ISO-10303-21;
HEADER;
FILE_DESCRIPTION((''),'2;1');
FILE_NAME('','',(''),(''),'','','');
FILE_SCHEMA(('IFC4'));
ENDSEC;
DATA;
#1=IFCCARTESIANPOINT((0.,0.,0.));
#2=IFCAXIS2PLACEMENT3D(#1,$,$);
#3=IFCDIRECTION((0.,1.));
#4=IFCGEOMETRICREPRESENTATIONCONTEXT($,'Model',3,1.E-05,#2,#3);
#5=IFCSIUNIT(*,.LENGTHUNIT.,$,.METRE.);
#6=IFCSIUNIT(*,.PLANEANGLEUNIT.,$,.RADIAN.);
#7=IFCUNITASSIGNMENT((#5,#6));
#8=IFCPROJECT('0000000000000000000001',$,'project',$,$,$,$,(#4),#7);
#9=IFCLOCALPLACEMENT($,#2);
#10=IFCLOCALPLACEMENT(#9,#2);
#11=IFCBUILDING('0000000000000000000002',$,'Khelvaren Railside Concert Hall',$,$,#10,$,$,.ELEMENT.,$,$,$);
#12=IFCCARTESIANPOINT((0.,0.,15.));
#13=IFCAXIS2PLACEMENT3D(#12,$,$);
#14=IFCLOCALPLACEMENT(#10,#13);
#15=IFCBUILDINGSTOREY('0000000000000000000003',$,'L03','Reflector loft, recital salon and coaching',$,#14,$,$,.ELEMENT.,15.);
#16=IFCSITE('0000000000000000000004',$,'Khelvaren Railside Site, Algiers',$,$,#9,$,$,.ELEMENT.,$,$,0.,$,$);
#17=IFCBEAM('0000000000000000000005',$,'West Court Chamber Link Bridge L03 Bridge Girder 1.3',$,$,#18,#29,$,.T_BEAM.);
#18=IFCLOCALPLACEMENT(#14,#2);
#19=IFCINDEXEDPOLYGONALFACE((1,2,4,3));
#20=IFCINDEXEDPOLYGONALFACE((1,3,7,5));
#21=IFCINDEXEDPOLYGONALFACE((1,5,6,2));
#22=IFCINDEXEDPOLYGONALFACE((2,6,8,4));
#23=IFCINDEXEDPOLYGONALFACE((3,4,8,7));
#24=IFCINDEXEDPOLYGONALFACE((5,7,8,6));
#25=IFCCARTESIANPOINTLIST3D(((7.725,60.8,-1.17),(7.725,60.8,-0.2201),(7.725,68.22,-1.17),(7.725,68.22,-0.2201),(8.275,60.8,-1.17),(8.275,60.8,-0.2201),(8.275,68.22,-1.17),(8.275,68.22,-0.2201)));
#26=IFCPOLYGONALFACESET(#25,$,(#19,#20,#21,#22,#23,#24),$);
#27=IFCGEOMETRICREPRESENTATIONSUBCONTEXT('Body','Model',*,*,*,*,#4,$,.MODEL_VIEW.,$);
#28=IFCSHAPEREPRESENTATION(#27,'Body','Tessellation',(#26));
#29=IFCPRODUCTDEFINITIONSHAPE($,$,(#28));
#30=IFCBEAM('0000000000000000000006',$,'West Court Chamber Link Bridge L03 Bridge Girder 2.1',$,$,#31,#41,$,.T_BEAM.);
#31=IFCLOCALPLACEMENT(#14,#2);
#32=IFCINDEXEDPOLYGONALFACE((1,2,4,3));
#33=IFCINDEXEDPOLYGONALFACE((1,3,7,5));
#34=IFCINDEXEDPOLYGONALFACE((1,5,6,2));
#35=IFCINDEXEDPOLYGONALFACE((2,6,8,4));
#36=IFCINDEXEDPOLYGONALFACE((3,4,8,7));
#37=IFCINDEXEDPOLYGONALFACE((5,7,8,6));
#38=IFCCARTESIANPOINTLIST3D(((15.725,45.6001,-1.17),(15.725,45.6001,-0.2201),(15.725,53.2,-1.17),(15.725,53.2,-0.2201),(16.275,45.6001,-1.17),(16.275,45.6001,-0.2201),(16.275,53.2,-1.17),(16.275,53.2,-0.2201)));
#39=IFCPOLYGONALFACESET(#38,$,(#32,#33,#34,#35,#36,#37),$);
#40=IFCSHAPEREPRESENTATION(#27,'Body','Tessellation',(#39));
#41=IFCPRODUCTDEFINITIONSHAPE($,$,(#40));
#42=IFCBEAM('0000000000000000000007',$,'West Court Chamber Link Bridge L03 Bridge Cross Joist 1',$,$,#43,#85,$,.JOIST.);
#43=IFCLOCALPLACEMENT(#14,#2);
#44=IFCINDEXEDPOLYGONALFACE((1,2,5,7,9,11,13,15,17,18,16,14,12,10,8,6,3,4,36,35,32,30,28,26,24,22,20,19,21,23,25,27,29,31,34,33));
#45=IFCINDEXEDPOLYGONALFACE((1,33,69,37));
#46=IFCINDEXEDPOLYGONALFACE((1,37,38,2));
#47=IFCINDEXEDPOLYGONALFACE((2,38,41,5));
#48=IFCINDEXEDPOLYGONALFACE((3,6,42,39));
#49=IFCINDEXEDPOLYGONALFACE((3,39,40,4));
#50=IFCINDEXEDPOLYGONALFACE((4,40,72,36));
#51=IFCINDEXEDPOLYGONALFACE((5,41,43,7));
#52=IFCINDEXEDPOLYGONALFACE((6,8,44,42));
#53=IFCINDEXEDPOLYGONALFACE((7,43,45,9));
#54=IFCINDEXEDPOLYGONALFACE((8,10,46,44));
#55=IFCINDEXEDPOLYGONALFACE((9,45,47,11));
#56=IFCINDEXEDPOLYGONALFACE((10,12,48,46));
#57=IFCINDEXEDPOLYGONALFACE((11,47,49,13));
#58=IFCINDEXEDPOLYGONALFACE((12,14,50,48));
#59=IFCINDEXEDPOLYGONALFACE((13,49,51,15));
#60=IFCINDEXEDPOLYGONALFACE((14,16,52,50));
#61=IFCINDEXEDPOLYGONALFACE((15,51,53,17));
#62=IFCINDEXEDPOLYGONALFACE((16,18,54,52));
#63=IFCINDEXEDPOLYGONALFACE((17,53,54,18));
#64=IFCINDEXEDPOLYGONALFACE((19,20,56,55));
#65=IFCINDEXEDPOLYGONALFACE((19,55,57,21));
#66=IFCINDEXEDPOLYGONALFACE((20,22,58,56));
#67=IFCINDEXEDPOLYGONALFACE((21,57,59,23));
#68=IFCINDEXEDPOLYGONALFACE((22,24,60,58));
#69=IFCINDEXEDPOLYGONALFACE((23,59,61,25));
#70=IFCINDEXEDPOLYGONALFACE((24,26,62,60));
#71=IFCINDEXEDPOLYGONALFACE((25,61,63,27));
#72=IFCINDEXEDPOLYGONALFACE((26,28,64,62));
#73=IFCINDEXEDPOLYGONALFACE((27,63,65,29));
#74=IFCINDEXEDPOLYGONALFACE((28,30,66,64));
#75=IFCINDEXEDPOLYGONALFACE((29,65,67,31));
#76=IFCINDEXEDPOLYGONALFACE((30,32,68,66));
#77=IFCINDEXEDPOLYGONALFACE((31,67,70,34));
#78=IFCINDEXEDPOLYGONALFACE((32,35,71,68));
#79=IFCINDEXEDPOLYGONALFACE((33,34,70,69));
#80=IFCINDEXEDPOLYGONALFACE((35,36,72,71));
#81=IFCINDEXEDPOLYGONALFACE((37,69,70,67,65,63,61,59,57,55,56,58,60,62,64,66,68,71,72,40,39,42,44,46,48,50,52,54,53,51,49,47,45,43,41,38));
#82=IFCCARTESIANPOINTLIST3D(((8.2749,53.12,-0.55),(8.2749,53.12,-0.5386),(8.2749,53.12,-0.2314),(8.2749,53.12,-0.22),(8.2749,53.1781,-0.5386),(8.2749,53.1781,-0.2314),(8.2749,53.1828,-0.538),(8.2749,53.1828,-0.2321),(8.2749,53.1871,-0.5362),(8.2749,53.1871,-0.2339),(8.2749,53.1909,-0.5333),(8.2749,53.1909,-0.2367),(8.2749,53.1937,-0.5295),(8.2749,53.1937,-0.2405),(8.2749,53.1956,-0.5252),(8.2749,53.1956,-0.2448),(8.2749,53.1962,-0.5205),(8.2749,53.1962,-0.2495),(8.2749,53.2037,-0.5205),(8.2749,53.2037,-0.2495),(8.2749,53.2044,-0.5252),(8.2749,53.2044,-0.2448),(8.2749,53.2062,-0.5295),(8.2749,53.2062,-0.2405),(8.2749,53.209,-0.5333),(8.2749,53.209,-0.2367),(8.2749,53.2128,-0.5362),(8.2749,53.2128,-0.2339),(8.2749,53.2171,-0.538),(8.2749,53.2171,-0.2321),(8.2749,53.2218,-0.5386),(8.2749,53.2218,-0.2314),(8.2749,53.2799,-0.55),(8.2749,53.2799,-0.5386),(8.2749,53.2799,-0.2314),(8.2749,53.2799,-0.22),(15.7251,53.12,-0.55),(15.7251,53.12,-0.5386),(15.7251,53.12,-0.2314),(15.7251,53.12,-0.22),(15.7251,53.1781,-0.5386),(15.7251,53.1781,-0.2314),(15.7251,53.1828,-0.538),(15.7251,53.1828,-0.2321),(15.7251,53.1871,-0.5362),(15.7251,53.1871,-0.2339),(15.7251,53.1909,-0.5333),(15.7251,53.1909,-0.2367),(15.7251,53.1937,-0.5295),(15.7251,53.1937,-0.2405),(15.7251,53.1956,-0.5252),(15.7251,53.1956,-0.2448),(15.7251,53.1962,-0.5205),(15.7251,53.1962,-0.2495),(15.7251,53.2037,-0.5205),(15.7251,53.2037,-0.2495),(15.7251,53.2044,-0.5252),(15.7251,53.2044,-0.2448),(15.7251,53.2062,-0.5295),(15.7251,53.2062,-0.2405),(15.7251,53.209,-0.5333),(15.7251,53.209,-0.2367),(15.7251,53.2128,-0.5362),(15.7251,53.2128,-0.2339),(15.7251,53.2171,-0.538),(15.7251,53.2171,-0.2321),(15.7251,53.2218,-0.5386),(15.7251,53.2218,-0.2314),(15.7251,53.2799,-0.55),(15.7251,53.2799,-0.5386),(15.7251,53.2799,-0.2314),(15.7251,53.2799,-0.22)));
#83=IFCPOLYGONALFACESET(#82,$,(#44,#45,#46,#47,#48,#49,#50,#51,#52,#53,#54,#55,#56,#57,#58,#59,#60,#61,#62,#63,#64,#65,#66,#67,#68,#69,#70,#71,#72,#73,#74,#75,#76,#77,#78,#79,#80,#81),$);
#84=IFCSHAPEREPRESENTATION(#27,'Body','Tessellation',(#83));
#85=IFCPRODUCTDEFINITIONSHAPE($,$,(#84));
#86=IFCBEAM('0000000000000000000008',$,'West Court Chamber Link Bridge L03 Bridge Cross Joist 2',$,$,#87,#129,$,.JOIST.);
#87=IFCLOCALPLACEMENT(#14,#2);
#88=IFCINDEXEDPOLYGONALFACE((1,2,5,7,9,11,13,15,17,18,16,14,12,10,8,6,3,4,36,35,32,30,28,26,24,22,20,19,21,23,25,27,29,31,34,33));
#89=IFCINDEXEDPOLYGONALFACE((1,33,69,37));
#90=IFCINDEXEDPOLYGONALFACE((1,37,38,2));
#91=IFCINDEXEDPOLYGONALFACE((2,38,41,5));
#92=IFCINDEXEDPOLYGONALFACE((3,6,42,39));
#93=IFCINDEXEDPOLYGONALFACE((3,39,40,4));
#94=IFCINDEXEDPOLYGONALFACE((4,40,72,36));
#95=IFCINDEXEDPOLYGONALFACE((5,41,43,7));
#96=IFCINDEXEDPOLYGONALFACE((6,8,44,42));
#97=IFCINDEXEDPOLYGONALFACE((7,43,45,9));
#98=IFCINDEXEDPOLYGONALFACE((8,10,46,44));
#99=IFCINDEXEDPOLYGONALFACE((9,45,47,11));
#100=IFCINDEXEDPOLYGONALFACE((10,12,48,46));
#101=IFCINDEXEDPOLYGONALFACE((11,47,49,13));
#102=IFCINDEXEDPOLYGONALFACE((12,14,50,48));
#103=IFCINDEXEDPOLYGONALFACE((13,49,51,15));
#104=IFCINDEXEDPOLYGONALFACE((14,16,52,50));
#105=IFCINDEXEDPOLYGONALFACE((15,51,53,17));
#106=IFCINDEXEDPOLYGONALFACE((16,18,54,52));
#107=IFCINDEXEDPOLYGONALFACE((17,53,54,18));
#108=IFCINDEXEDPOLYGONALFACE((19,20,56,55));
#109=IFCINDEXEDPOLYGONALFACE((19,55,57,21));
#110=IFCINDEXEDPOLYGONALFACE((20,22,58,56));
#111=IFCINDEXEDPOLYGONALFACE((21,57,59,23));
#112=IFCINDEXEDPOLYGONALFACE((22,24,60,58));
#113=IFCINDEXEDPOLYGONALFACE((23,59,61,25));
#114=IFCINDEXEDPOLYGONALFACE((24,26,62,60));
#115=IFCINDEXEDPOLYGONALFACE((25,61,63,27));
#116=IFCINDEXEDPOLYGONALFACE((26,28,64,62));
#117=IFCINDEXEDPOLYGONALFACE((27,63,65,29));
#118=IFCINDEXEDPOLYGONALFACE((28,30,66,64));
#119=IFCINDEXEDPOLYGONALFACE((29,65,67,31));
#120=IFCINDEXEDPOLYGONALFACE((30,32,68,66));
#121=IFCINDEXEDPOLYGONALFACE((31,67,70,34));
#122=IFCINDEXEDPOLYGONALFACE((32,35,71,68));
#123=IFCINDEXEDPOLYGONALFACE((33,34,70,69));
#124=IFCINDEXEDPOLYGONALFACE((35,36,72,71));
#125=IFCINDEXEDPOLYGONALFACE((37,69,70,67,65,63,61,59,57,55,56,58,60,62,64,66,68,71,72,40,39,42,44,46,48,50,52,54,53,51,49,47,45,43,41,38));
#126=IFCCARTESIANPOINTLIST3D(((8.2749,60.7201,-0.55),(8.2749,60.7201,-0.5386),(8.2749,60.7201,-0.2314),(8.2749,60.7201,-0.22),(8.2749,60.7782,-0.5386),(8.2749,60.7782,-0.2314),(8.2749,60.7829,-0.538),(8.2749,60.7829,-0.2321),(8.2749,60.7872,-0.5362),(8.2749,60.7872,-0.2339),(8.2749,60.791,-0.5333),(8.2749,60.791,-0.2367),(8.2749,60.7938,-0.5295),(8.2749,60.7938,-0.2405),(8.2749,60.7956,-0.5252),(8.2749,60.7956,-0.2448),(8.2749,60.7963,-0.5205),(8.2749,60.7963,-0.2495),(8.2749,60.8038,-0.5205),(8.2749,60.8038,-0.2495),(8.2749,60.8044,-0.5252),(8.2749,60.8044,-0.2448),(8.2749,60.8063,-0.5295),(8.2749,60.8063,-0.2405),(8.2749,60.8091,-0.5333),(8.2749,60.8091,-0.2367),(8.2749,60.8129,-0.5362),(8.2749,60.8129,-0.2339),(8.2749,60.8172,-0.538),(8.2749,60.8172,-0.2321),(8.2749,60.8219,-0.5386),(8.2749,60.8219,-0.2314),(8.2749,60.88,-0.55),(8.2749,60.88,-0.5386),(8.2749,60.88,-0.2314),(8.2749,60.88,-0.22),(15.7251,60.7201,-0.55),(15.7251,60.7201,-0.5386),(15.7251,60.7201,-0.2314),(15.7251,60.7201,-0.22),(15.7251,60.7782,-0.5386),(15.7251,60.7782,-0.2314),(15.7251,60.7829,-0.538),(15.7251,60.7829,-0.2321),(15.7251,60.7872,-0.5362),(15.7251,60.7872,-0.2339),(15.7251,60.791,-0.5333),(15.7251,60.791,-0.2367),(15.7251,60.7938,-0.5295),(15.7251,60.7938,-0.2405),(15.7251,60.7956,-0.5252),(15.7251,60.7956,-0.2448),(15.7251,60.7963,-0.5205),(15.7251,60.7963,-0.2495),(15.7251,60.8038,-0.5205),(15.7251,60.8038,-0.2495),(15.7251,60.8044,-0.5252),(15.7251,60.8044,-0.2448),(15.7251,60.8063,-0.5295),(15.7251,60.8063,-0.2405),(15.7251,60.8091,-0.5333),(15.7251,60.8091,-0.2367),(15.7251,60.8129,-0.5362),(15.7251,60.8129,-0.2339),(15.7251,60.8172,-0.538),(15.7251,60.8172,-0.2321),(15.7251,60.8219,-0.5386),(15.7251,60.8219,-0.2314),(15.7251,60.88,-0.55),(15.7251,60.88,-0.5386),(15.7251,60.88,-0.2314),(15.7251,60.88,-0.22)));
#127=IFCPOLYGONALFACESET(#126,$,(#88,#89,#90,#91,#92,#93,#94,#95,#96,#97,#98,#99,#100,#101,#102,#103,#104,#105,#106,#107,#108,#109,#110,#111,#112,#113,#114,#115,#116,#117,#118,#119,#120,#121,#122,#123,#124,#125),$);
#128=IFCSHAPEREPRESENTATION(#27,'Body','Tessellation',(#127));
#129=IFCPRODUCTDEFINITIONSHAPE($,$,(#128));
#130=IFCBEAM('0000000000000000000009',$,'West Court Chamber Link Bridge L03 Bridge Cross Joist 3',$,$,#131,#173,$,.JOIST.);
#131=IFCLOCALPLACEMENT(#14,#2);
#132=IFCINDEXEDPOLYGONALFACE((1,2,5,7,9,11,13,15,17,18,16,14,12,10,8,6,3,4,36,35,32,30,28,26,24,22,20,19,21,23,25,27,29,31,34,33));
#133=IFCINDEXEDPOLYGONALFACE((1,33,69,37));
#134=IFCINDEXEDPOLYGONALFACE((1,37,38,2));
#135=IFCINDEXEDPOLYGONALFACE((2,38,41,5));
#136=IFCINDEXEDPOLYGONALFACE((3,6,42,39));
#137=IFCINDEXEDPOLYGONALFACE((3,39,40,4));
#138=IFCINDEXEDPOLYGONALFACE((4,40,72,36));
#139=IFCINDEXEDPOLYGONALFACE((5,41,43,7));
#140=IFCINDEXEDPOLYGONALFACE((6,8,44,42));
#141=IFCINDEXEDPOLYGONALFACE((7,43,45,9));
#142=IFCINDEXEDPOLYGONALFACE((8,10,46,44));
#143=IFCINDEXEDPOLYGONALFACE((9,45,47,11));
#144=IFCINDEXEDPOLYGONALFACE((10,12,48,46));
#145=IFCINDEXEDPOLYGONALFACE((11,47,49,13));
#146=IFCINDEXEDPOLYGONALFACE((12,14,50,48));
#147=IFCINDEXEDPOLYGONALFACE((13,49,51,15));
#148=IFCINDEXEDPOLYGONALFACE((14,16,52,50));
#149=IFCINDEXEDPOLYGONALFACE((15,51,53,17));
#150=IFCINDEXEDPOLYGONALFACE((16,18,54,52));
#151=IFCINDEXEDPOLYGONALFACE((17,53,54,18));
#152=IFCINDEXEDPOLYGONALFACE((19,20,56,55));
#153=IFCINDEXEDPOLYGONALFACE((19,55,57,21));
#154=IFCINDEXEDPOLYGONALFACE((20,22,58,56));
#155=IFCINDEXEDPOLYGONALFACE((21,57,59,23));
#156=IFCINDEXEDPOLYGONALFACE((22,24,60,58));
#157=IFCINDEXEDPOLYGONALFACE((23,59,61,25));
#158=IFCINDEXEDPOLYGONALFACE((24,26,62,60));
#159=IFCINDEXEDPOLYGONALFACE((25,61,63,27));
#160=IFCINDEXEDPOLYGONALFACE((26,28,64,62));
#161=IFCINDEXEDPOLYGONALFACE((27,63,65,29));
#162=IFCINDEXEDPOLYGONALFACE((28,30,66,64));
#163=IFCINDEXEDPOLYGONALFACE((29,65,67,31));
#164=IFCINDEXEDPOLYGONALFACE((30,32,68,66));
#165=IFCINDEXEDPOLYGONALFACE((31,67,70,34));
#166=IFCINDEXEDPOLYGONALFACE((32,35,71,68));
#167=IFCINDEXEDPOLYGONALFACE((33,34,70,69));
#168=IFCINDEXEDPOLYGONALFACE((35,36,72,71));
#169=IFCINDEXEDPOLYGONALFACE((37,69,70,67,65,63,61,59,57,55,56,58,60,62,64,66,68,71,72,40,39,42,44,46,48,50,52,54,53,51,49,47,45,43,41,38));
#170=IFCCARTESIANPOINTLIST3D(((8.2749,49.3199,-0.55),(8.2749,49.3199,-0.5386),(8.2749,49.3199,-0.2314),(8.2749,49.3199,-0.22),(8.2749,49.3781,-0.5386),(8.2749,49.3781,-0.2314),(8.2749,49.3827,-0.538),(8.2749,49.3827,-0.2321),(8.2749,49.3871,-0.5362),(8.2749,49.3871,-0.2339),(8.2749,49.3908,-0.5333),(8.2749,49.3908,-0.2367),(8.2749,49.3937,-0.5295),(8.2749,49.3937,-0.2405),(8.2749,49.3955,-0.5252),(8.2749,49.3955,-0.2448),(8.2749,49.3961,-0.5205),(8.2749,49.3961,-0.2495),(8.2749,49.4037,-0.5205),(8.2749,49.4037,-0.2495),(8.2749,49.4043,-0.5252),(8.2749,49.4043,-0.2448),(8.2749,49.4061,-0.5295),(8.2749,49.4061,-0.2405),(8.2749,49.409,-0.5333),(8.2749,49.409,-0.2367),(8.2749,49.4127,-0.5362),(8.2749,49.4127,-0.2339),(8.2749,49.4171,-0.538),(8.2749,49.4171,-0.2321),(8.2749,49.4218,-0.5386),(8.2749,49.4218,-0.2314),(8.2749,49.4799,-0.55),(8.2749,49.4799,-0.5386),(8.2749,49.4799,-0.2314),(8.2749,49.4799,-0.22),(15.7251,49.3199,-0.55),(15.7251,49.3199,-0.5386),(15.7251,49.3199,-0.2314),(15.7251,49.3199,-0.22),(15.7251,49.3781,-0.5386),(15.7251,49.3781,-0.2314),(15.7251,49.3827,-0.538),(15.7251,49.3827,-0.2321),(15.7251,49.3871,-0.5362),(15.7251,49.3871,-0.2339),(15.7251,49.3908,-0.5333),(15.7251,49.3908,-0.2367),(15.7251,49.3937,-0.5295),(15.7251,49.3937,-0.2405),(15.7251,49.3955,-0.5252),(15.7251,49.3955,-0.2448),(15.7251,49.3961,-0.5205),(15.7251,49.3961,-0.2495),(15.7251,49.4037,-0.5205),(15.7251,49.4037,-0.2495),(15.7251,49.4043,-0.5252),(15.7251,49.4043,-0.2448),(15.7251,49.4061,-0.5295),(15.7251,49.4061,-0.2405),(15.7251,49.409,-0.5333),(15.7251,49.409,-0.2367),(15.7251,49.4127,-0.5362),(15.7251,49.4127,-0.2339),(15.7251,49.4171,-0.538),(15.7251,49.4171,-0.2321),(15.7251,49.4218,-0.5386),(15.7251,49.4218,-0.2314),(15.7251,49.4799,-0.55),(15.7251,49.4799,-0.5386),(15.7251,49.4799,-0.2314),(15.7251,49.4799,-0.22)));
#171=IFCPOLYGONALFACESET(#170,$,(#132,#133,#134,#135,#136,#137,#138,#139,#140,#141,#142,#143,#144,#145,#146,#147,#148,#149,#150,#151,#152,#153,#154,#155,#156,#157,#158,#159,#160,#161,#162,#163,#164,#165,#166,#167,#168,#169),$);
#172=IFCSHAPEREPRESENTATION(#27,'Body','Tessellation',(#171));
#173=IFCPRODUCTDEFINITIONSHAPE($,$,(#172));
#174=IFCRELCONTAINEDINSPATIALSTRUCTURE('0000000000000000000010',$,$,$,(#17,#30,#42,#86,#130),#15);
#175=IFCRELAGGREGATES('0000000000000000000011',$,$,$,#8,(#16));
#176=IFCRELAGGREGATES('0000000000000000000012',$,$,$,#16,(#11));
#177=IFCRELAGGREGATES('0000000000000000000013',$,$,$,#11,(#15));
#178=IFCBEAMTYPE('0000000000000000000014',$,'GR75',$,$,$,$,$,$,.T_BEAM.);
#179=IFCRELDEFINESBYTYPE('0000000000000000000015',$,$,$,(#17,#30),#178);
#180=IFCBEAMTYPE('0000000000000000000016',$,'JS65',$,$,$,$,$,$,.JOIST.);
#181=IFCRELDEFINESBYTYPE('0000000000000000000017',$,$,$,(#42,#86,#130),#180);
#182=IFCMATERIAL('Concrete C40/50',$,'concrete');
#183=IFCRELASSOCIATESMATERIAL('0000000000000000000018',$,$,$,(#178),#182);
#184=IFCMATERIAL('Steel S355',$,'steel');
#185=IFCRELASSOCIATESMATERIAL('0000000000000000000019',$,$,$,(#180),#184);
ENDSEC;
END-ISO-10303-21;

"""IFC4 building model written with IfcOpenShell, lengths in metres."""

from ifc_helpers import new_model, si_unit, direction, frame, origin, origin_2d, place, context, subcontext, project, spatial, rectangle, i_section, extrude, material, material_profile, profile_set, type_object, element, save


model = new_model("IFC4")

# Units and contexts
model_context = context("Model", 3, precision=1e-05, world=origin(), true_north=direction((0.0, 1.0)))
body_context = subcontext(model_context, "Body", "Model", "MODEL_VIEW")
ifc_project = project(units=[si_unit("LENGTHUNIT", "METRE"), si_unit("PLANEANGLEUNIT", "RADIAN")], contexts=[model_context])

# Site, building, storey
site_placement = place(None, origin())
site = spatial("IfcSite", under=ifc_project, at=site_placement, Name="Khelvaren Railside Site, Algiers", CompositionType="ELEMENT", RefElevation=0.0)
building_placement = place(site_placement, origin())
building = spatial("IfcBuilding", under=site, at=building_placement, Name="Khelvaren Railside Concert Hall", CompositionType="ELEMENT")
storey_placement = place(building_placement, frame((0.0, 0.0, 15.0)))
storey = spatial("IfcBuildingStorey", under=building, at=storey_placement, Name="L03", Description="Reflector loft, recital salon and coaching", CompositionType="ELEMENT", Elevation=15.0)

# Beams
ifc_material_1 = material(Name="Concrete C40/50", Category="concrete")
ifc_material_2 = material(Name="Steel S355", Category="steel")
ifc_material_profile_1 = material_profile(ifc_material_1, rectangle(XDim=0.55, YDim=0.95, at=origin_2d()), Name="RCB 550x950")
ifc_profile_set_1 = profile_set([ifc_material_profile_1], Name="Concrete C40/50")
beam_type_1 = type_object("IfcBeamType", Name="GR75", PredefinedType="T_BEAM", material=ifc_profile_set_1)
beam_1_placement = place(storey_placement, frame((8.0, 60.8, -0.6951), z_axis=(0.0, 1.0, 0.0), x_axis=(-1.0, 0.0, 0.0)))
element("IfcBeam", 1, at=beam_1_placement, inside=storey, type_object=beam_type_1, Name="West Court Chamber Link Bridge L03 Bridge Girder 1.3", PredefinedType="T_BEAM", context=body_context, shape_type="SweptSolid", body=[
    extrude(rectangle(XDim=0.55, YDim=0.95, at=origin_2d()), origin(), (0.0, 0.0, 1.0), 7.4199),
])
beam_2_placement = place(storey_placement, frame((16.0, 45.6001, -0.6951), z_axis=(0.0, 1.0, 0.0), x_axis=(-1.0, 0.0, 0.0)))
element("IfcBeam", 2, at=beam_2_placement, inside=storey, type_object=beam_type_1, Name="West Court Chamber Link Bridge L03 Bridge Girder 2.1", PredefinedType="T_BEAM", context=body_context, shape_type="SweptSolid", body=[
    extrude(rectangle(XDim=0.55, YDim=0.95, at=origin_2d()), origin(), (0.0, 0.0, 1.0), 7.5999),
])
ifc_material_profile_2 = material_profile(ifc_material_2, i_section(OverallWidth=0.1599, OverallDepth=0.3301, WebThickness=0.0076, FlangeThickness=0.0115, FilletRadius=0.0181, at=origin_2d()), Name="IPE 330")
ifc_profile_set_2 = profile_set([ifc_material_profile_2], Name="Steel S355")
beam_type_2 = type_object("IfcBeamType", Name="JS65", PredefinedType="JOIST", material=ifc_profile_set_2)
for number, where, z_axis, x_axis, name in (
    (3, (8.2749, 53.2, -0.385), (1.0, 0.0, 0.0), (0.0, 1.0, 0.0), "West Court Chamber Link Bridge L03 Bridge Cross Joist 1"),
    (4, (8.2749, 60.8, -0.385), (1.0, 0.0, 0.0), (0.0, 1.0, 0.0), "West Court Chamber Link Bridge L03 Bridge Cross Joist 2"),
    (5, (8.2749, 49.3999, -0.385), (1.0, 0.0, 0.0), (0.0, 1.0, 0.0), "West Court Chamber Link Bridge L03 Bridge Cross Joist 3"),
):
    element("IfcBeam", number, at=place(storey_placement, frame(where, z_axis=z_axis, x_axis=x_axis)), inside=storey, type_object=beam_type_2, Name=name, PredefinedType="JOIST", context=body_context, shape_type="SweptSolid", body=[
        extrude(i_section(OverallWidth=0.1599, OverallDepth=0.3301, WebThickness=0.0076, FlangeThickness=0.0115, FilletRadius=0.0181, at=origin_2d()), origin(), (0.0, 0.0, 1.0), 7.4502),
    ])

save(model, "model.ifc")
